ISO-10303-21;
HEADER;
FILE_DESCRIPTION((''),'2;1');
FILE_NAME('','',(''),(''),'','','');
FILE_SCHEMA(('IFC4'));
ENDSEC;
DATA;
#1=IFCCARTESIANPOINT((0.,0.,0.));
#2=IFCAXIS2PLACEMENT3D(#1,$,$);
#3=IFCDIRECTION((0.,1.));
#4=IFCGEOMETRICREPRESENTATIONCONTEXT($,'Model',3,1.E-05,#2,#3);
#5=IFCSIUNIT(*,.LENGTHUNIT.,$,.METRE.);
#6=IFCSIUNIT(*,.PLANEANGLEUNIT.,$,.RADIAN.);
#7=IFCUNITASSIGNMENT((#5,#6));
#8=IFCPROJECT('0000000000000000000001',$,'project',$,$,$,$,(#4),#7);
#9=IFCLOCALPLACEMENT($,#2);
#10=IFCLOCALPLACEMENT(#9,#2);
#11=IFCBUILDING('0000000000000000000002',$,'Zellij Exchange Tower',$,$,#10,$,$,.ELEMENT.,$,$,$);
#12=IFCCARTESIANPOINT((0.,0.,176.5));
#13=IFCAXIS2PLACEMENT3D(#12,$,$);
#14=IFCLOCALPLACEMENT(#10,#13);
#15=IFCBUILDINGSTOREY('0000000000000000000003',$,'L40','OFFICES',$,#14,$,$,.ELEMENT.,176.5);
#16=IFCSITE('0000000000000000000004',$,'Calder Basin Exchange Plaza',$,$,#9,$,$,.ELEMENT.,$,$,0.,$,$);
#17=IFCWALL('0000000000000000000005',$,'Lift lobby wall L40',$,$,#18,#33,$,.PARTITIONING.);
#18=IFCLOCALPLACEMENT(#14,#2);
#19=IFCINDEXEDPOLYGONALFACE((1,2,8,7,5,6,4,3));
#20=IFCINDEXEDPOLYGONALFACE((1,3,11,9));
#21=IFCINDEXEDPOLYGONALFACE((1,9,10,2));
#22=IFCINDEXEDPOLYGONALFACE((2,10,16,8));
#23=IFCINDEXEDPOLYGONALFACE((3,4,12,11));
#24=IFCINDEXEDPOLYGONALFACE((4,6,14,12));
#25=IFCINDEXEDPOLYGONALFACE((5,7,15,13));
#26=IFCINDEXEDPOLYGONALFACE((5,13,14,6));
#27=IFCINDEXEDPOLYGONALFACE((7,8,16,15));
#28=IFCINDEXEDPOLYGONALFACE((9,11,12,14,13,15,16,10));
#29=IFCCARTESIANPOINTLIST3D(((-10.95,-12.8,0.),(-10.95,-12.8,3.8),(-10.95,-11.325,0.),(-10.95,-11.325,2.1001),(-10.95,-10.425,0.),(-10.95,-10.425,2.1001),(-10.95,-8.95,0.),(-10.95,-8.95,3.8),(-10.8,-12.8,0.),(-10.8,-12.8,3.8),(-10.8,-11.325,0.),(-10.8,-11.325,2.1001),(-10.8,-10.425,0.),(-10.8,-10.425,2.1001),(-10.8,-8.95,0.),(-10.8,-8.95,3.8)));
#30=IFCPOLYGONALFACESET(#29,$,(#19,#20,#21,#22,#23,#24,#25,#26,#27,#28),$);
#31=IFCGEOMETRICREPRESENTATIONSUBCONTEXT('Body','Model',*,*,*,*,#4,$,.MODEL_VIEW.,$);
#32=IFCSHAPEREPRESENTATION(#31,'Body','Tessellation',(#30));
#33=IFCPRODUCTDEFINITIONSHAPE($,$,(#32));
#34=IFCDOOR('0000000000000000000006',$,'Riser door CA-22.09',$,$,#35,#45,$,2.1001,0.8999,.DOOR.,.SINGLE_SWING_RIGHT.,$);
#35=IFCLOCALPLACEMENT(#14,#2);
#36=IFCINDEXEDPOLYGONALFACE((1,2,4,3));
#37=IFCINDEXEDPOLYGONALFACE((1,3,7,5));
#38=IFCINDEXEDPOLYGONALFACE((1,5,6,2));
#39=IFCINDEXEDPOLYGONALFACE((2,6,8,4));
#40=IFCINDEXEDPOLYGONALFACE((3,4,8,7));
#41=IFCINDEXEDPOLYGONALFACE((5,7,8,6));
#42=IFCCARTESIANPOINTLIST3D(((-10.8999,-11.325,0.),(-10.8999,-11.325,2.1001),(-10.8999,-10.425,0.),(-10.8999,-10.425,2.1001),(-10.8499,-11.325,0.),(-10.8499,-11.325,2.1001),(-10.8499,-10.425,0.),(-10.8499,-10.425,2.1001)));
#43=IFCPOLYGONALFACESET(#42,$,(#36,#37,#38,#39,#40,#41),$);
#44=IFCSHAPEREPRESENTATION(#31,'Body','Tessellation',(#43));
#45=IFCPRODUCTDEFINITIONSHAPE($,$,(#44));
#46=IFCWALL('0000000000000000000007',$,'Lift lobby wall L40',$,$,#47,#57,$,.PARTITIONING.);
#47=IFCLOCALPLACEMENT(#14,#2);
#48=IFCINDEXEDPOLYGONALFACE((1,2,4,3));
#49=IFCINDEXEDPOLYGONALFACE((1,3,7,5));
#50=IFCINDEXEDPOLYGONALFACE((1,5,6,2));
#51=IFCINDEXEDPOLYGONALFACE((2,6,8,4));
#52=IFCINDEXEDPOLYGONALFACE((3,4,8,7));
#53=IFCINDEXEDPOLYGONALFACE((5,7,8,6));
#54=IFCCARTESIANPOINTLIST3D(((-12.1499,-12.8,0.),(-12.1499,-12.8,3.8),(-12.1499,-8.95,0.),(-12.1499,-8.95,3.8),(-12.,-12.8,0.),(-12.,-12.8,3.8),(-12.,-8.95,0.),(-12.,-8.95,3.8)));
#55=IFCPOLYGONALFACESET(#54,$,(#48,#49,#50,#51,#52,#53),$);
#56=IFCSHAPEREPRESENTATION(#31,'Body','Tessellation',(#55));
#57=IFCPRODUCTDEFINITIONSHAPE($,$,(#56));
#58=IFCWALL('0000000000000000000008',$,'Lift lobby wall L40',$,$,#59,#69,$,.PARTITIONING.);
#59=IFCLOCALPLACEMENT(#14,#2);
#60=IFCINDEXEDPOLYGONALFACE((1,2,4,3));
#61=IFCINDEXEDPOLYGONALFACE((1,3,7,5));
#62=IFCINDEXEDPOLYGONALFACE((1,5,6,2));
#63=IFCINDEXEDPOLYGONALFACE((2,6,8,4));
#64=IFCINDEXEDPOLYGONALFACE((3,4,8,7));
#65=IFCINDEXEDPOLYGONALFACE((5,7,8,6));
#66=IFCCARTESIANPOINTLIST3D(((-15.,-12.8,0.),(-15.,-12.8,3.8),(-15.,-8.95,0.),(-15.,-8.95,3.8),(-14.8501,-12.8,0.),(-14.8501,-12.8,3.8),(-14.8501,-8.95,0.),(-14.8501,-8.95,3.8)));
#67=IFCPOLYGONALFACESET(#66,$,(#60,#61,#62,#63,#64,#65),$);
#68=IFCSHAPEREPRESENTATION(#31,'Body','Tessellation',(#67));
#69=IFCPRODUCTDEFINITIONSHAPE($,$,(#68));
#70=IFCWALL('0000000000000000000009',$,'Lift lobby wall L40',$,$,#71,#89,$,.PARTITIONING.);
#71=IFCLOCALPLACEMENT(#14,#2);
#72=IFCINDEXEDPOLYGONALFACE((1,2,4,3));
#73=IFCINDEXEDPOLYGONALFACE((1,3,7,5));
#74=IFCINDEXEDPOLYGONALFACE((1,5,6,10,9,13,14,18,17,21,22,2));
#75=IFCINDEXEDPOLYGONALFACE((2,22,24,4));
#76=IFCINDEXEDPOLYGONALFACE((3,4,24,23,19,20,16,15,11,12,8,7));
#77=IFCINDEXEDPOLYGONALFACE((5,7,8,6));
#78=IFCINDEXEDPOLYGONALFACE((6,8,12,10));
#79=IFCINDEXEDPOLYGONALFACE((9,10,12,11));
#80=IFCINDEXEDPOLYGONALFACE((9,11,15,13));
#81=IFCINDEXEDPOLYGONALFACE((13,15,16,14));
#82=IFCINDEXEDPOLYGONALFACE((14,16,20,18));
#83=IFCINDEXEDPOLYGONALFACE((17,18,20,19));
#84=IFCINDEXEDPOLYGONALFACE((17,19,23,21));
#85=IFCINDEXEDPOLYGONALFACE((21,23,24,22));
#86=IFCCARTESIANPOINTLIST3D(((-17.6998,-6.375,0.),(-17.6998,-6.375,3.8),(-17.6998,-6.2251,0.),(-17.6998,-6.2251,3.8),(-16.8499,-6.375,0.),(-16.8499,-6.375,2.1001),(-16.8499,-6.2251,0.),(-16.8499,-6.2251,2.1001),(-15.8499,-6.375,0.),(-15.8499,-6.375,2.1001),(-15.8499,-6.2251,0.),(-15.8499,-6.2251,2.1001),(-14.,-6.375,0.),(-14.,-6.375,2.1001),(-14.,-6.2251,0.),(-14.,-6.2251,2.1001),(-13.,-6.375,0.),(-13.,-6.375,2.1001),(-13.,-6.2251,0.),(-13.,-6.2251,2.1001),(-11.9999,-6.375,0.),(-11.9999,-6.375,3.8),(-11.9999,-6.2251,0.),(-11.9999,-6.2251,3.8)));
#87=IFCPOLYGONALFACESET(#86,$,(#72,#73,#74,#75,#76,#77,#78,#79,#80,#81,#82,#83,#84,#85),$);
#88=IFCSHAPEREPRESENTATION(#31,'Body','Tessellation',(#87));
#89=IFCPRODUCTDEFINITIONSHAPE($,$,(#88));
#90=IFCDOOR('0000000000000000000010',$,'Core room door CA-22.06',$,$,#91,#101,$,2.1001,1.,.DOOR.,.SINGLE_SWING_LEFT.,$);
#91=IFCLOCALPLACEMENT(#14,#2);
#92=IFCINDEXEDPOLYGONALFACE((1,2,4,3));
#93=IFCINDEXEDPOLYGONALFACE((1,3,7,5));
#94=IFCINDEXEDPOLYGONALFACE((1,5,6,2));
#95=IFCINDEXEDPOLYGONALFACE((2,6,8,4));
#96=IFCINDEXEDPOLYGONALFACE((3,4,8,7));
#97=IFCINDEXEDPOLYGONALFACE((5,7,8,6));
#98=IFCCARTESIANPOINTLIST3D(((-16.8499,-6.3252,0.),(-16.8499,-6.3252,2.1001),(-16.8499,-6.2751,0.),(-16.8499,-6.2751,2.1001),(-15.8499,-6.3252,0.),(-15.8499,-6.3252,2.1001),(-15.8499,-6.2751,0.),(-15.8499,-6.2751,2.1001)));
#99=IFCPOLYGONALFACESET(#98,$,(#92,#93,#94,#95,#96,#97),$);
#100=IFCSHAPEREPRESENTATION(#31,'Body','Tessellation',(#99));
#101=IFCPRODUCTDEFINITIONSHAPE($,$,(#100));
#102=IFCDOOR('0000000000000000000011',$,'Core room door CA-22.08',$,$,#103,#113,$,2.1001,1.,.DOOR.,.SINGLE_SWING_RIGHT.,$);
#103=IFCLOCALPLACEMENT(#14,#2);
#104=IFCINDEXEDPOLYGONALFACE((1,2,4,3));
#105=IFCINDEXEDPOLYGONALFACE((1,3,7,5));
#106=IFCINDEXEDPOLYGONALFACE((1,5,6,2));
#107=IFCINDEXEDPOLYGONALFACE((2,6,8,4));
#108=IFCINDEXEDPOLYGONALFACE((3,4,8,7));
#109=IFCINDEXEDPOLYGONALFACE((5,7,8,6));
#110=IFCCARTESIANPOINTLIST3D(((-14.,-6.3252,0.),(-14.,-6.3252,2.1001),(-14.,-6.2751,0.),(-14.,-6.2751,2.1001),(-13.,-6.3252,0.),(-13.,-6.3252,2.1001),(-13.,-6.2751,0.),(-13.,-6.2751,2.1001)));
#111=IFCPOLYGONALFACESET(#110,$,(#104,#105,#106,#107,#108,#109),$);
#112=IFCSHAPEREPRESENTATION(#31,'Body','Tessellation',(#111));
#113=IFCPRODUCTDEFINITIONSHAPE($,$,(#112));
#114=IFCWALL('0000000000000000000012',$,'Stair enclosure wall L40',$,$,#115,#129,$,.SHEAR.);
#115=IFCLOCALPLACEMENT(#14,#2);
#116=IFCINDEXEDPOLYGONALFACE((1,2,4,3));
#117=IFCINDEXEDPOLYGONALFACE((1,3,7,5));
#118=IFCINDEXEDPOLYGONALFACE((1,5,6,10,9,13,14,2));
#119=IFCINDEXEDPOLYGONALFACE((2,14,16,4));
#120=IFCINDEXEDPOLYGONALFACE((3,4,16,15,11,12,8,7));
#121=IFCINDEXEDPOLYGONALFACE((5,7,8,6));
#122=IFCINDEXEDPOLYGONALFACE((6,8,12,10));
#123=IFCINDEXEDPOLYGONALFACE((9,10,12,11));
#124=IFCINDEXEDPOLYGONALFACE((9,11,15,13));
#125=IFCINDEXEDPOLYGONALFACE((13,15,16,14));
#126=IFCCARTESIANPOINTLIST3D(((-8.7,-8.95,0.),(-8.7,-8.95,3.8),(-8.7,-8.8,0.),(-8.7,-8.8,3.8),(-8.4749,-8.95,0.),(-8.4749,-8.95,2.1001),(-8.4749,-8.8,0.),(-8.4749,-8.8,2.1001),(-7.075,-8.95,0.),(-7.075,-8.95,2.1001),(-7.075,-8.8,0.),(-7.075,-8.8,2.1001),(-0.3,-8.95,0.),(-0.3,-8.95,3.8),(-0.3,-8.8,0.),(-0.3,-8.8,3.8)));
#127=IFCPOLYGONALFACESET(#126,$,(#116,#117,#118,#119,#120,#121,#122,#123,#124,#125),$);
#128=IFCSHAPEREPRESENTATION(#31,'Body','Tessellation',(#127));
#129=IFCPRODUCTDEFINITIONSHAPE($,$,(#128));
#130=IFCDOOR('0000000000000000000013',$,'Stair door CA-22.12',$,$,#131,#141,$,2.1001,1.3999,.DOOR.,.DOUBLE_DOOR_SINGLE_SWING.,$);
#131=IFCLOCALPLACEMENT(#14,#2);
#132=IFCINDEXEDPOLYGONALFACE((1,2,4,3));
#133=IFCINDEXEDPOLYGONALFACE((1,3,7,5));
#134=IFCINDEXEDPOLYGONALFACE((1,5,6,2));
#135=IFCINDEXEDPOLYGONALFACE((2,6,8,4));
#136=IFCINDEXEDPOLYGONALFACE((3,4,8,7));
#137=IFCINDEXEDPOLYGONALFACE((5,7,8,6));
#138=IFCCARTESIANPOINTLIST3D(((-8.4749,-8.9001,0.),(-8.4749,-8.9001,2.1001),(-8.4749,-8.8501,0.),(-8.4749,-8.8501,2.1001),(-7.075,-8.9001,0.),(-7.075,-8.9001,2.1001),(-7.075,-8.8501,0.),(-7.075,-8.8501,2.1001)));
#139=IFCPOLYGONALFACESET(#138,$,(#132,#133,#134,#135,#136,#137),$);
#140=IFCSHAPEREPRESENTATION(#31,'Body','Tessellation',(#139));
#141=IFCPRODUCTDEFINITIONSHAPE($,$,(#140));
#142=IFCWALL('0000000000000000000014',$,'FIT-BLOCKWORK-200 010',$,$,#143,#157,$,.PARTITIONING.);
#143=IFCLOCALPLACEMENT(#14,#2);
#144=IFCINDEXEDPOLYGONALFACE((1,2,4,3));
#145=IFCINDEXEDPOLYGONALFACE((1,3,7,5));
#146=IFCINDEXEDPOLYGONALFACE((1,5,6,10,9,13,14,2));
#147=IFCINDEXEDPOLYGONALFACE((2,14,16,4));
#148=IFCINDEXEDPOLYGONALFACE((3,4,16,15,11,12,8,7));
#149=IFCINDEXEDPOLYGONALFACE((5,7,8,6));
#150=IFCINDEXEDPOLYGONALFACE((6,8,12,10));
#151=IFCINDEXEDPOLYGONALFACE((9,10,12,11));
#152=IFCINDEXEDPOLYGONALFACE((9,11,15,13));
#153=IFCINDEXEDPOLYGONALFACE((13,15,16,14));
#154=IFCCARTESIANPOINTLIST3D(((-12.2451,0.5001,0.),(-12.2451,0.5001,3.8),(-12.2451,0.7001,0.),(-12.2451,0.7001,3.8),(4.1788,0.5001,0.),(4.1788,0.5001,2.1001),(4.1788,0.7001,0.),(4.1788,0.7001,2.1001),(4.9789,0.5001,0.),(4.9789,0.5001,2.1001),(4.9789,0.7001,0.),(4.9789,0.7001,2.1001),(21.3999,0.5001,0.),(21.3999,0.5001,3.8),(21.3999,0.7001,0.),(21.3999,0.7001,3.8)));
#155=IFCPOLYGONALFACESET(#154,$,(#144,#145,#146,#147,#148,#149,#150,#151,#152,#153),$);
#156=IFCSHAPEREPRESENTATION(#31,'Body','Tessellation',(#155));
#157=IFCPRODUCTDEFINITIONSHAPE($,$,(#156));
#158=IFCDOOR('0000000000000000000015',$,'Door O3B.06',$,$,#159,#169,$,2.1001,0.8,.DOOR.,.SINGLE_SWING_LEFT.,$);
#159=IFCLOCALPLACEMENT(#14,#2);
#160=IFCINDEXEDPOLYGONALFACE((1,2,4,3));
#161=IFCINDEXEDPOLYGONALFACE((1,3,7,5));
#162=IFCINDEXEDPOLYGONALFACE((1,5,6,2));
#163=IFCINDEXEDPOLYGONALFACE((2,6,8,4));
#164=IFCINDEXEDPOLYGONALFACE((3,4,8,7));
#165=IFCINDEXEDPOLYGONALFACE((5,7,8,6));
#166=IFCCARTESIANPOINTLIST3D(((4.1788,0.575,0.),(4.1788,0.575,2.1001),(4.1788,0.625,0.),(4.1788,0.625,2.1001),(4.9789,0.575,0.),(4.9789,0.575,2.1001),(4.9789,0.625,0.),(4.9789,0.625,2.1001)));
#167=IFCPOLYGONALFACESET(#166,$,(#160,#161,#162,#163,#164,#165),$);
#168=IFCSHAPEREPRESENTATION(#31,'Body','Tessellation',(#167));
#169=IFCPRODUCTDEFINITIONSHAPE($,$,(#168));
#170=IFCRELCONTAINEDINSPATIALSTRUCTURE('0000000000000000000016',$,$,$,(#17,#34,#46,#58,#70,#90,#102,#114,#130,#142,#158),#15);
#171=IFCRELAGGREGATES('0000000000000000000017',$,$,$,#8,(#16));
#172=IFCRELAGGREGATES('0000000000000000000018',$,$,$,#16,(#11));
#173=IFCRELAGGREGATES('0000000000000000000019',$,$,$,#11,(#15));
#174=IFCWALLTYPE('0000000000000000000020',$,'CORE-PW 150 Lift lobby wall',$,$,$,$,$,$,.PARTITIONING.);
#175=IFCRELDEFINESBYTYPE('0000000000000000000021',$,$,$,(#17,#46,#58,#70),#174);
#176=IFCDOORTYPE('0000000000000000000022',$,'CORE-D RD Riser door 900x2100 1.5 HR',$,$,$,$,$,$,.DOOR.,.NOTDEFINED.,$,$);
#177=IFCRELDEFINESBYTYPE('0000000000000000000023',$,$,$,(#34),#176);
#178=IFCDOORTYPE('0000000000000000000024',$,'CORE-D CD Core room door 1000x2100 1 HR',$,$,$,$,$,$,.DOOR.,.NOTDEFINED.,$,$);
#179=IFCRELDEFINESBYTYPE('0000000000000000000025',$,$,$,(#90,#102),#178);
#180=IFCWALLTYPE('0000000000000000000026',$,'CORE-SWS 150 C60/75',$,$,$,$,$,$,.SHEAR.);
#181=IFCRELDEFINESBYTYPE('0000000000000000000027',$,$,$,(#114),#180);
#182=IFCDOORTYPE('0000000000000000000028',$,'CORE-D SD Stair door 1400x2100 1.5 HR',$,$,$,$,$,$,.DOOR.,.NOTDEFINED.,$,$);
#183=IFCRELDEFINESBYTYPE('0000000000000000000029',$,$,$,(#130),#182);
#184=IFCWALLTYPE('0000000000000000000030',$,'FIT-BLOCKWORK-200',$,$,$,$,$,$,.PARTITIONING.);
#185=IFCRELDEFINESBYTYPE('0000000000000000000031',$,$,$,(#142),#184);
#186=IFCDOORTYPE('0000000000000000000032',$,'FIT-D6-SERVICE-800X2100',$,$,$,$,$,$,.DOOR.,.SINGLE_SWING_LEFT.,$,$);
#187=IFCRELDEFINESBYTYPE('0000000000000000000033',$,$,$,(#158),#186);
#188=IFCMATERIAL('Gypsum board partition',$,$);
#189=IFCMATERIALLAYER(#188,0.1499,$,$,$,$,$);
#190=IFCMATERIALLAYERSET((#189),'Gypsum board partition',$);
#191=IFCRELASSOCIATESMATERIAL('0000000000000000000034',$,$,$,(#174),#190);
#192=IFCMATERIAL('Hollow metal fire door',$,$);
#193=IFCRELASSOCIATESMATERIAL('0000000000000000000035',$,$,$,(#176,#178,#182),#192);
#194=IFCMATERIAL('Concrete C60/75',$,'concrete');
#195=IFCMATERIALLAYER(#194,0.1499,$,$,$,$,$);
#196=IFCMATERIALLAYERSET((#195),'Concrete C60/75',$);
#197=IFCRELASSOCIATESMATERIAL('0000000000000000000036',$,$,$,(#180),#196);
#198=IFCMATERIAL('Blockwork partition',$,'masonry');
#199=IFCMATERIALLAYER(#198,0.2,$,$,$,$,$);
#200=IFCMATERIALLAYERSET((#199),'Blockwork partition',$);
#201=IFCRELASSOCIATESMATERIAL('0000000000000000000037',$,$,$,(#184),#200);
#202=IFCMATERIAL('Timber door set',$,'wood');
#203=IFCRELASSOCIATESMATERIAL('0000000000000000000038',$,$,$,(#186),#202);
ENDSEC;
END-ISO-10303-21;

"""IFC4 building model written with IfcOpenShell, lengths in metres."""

from ifc_helpers import new_model, si_unit, direction, frame, frame_2d, origin, place, context, subcontext, project, spatial, rectangle, extrude, material, layer, layer_set, type_object, element, fill, save


model = new_model("IFC4")

# Units and contexts
model_context = context("Model", 3, precision=1e-05, world=origin(), true_north=direction((0.0, 1.0)))
body_context = subcontext(model_context, "Body", "Model", "MODEL_VIEW")
ifc_project = project(units=[si_unit("LENGTHUNIT", "METRE"), si_unit("PLANEANGLEUNIT", "RADIAN")], contexts=[model_context])

# Site, building, storey
site_placement = place(None, origin())
site = spatial("IfcSite", under=ifc_project, at=site_placement, Name="Calder Basin Exchange Plaza", CompositionType="ELEMENT", RefElevation=0.0)
building_placement = place(site_placement, origin())
building = spatial("IfcBuilding", under=site, at=building_placement, Name="Zellij Exchange Tower", CompositionType="ELEMENT")
storey_placement = place(building_placement, frame((0.0, 0.0, 176.5)))
storey = spatial("IfcBuildingStorey", under=building, at=storey_placement, Name="L40", Description="OFFICES", CompositionType="ELEMENT", Elevation=176.5)

# Shared definitions
ifc_material_1 = material(Name="Concrete C60/75", Category="concrete")

# Shared definitions
ifc_material_2 = material(Name="Hollow metal fire door")

# Shared definitions
ifc_material_3 = material(Name="Gypsum board partition")
ifc_layer_1 = layer(ifc_material_3, 0.1499)
ifc_layer_set_1 = layer_set([ifc_layer_1], Name="Gypsum board partition")
wall_type_1 = type_object("IfcWallType", Name="CORE-PW 150 Lift lobby wall", PredefinedType="PARTITIONING", material=ifc_layer_set_1)

# Wall, opening, door
wall_1_placement = place(storey_placement, frame((-10.875, -12.8, 0.0), z_axis=(0.0, 0.0, 1.0), x_axis=(0.0, 1.0, 0.0)))
wall_1 = element("IfcWall", 1, at=wall_1_placement, inside=storey, type_object=wall_type_1, Name="Lift lobby wall L40", PredefinedType="PARTITIONING", context=body_context, shape_type="SweptSolid", body=[
    extrude(rectangle(XDim=3.8501, YDim=0.1499, at=frame_2d((1.925, 0.0))), origin(), (0.0, 0.0, 1.0), 3.8),
])
opening_1_placement = place(wall_1_placement, frame((1.4751, 0.0, 0.0)))
opening_1 = element("IfcOpeningElement", 2, at=opening_1_placement, cuts=wall_1, PredefinedType="OPENING", context=body_context, shape_type="SweptSolid", body=[
    extrude(rectangle(XDim=0.8999, YDim=2.1001, at=frame_2d((0.45, 1.05))), frame((0.0, 0.0869, 0.0), z_axis=(0.0, -1.0, 0.0), x_axis=(1.0, 0.0, 0.0)), (0.0, 0.0, 1.0), 0.1738),
])
door_type_1 = type_object("IfcDoorType", Name="CORE-D RD Riser door 900x2100 1.5 HR", OperationType="NOTDEFINED", PredefinedType="DOOR", material=ifc_material_2)
door_1_placement = place(opening_1_placement, origin())
door_1 = element("IfcDoor", 3, at=door_1_placement, inside=storey, type_object=door_type_1, Name="Riser door CA-22.09", OperationType="SINGLE_SWING_RIGHT", OverallHeight=2.1001, OverallWidth=0.8999, PredefinedType="DOOR", context=body_context, shape_type="SweptSolid", body=[
    extrude(rectangle(XDim=0.8999, YDim=2.1001, at=frame_2d((0.45, 1.05))), frame((0.0, 0.0249, 0.0), z_axis=(0.0, -1.0, 0.0), x_axis=(1.0, 0.0, 0.0)), (0.0, 0.0, 1.0), 0.05),
])
fill(opening_1, door_1)

# Walls
for number, where, z_axis, x_axis, name in (
    (4, (-12.075, -12.8, 0.0), (0.0, 0.0, 1.0), (0.0, 1.0, 0.0), "Lift lobby wall L40"),
    (5, (-14.925, -12.8, 0.0), (0.0, 0.0, 1.0), (0.0, 1.0, 0.0), "Lift lobby wall L40"),
):
    element("IfcWall", number, at=place(storey_placement, frame(where, z_axis=z_axis, x_axis=x_axis)), inside=storey, type_object=wall_type_1, Name=name, PredefinedType="PARTITIONING", context=body_context, shape_type="SweptSolid", body=[
        extrude(rectangle(XDim=3.8501, YDim=0.1499, at=frame_2d((1.925, 0.0))), origin(), (0.0, 0.0, 1.0), 3.8),
    ])

# Wall, openings, doors
wall_2_placement = place(storey_placement, frame((-17.7, -6.3, 0.0), z_axis=(0.0, 0.0, 1.0), x_axis=(1.0, 0.0, 0.0)))
wall_2 = element("IfcWall", 6, at=wall_2_placement, inside=storey, type_object=wall_type_1, Name="Lift lobby wall L40", PredefinedType="PARTITIONING", context=body_context, shape_type="SweptSolid", body=[
    extrude(rectangle(XDim=5.7, YDim=0.1499, at=frame_2d((2.8501, 0.0))), origin(), (0.0, 0.0, 1.0), 3.8),
])
opening_2_placement = place(wall_2_placement, frame((0.8501, 0.0, 0.0)))
opening_2 = element("IfcOpeningElement", 7, at=opening_2_placement, cuts=wall_2, PredefinedType="OPENING", context=body_context, shape_type="SweptSolid", body=[
    extrude(rectangle(XDim=1.0, YDim=2.1001, at=frame_2d((0.5, 1.05))), frame((0.0, 0.0869, 0.0), z_axis=(0.0, -1.0, 0.0), x_axis=(1.0, 0.0, 0.0)), (0.0, 0.0, 1.0), 0.1738),
])
opening_3_placement = place(wall_2_placement, frame((3.7, 0.0, 0.0)))
opening_3 = element("IfcOpeningElement", 8, at=opening_3_placement, cuts=wall_2, PredefinedType="OPENING", context=body_context, shape_type="SweptSolid", body=[
    extrude(rectangle(XDim=1.0, YDim=2.1001, at=frame_2d((0.5, 1.05))), frame((0.0, 0.0869, 0.0), z_axis=(0.0, -1.0, 0.0), x_axis=(1.0, 0.0, 0.0)), (0.0, 0.0, 1.0), 0.1738),
])
door_type_2 = type_object("IfcDoorType", Name="CORE-D CD Core room door 1000x2100 1 HR", OperationType="NOTDEFINED", PredefinedType="DOOR", material=ifc_material_2)
door_2_placement = place(opening_2_placement, origin())
door_2 = element("IfcDoor", 9, at=door_2_placement, inside=storey, type_object=door_type_2, Name="Core room door CA-22.06", OperationType="SINGLE_SWING_LEFT", OverallHeight=2.1001, OverallWidth=1.0, PredefinedType="DOOR", context=body_context, shape_type="SweptSolid", body=[
    extrude(rectangle(XDim=1.0, YDim=2.1001, at=frame_2d((0.5, 1.05))), frame((0.0, 0.0249, 0.0), z_axis=(0.0, -1.0, 0.0), x_axis=(1.0, 0.0, 0.0)), (0.0, 0.0, 1.0), 0.05),
])
fill(opening_2, door_2)
door_3_placement = place(opening_3_placement, origin())
door_3 = element("IfcDoor", 10, at=door_3_placement, inside=storey, type_object=door_type_2, Name="Core room door CA-22.08", OperationType="SINGLE_SWING_RIGHT", OverallHeight=2.1001, OverallWidth=1.0, PredefinedType="DOOR", context=body_context, shape_type="SweptSolid", body=[
    extrude(rectangle(XDim=1.0, YDim=2.1001, at=frame_2d((0.5, 1.05))), frame((0.0, 0.0249, 0.0), z_axis=(0.0, -1.0, 0.0), x_axis=(1.0, 0.0, 0.0)), (0.0, 0.0, 1.0), 0.05),
])
fill(opening_3, door_3)

# Walls, openings, doors
ifc_layer_2 = layer(ifc_material_1, 0.1499)
ifc_layer_set_2 = layer_set([ifc_layer_2], Name="Concrete C60/75")
wall_type_2 = type_object("IfcWallType", Name="CORE-SWS 150 C60/75", PredefinedType="SHEAR", material=ifc_layer_set_2)
wall_3_placement = place(storey_placement, frame((-8.7, -8.875, 0.0), z_axis=(0.0, 0.0, 1.0), x_axis=(1.0, 0.0, 0.0)))
wall_3 = element("IfcWall", 11, at=wall_3_placement, inside=storey, type_object=wall_type_2, Name="Stair enclosure wall L40", PredefinedType="SHEAR", context=body_context, shape_type="SweptSolid", body=[
    extrude(rectangle(XDim=8.3999, YDim=0.1499, at=frame_2d((4.2, 0.0))), origin(), (0.0, 0.0, 1.0), 3.8),
])
opening_4_placement = place(wall_3_placement, frame((0.2251, 0.0, 0.0)))
opening_4 = element("IfcOpeningElement", 12, at=opening_4_placement, cuts=wall_3, PredefinedType="OPENING", context=body_context, shape_type="SweptSolid", body=[
    extrude(rectangle(XDim=1.3999, YDim=2.1001, at=frame_2d((0.7, 1.05))), frame((0.0, 0.0869, 0.0), z_axis=(0.0, -1.0, 0.0), x_axis=(1.0, 0.0, 0.0)), (0.0, 0.0, 1.0), 0.1738),
])
door_type_3 = type_object("IfcDoorType", Name="CORE-D SD Stair door 1400x2100 1.5 HR", OperationType="NOTDEFINED", PredefinedType="DOOR", material=ifc_material_2)
door_4_placement = place(opening_4_placement, origin())
door_4 = element("IfcDoor", 13, at=door_4_placement, inside=storey, type_object=door_type_3, Name="Stair door CA-22.12", OperationType="DOUBLE_DOOR_SINGLE_SWING", OverallHeight=2.1001, OverallWidth=1.3999, PredefinedType="DOOR", context=body_context, shape_type="SweptSolid", body=[
    extrude(rectangle(XDim=1.3999, YDim=2.1001, at=frame_2d((0.7, 1.05))), frame((0.0, 0.0249, 0.0), z_axis=(0.0, -1.0, 0.0), x_axis=(1.0, 0.0, 0.0)), (0.0, 0.0, 1.0), 0.05),
])
fill(opening_4, door_4)
ifc_material_4 = material(Name="Blockwork partition", Category="masonry")
ifc_layer_3 = layer(ifc_material_4, 0.2)
ifc_layer_set_3 = layer_set([ifc_layer_3], Name="Blockwork partition")
wall_type_3 = type_object("IfcWallType", Name="FIT-BLOCKWORK-200", PredefinedType="PARTITIONING", material=ifc_layer_set_3)
wall_4_placement = place(storey_placement, frame((-12.2451, 0.6001, 0.0), z_axis=(0.0, 0.0, 1.0), x_axis=(1.0, 0.0, 0.0)))
wall_4 = element("IfcWall", 14, at=wall_4_placement, inside=storey, type_object=wall_type_3, Name="FIT-BLOCKWORK-200 010", PredefinedType="PARTITIONING", context=body_context, shape_type="SweptSolid", body=[
    extrude(rectangle(XDim=33.645, YDim=0.2, at=frame_2d((16.8225, 0.0))), origin(), (0.0, 0.0, 1.0), 3.8),
])
opening_5_placement = place(wall_4_placement, frame((16.4241, 0.0, 0.0)))
opening_5 = element("IfcOpeningElement", 15, at=opening_5_placement, cuts=wall_4, PredefinedType="OPENING", context=body_context, shape_type="SweptSolid", body=[
    extrude(rectangle(XDim=0.8, YDim=2.1001, at=frame_2d((0.3999, 1.05))), frame((0.0, 0.1118, 0.0), z_axis=(0.0, -1.0, 0.0), x_axis=(1.0, 0.0, 0.0)), (0.0, 0.0, 1.0), 0.2239),
])
ifc_material_5 = material(Name="Timber door set", Category="wood")
door_type_4 = type_object("IfcDoorType", Name="FIT-D6-SERVICE-800X2100", OperationType="SINGLE_SWING_LEFT", PredefinedType="DOOR", material=ifc_material_5)
door_5_placement = place(opening_5_placement, origin())
door_5 = element("IfcDoor", 16, at=door_5_placement, inside=storey, type_object=door_type_4, Name="Door O3B.06", OperationType="SINGLE_SWING_LEFT", OverallHeight=2.1001, OverallWidth=0.8, PredefinedType="DOOR", context=body_context, shape_type="SweptSolid", body=[
    extrude(rectangle(XDim=0.8, YDim=2.1001, at=frame_2d((0.3999, 1.05))), frame((0.0, 0.0249, 0.0), z_axis=(0.0, -1.0, 0.0), x_axis=(1.0, 0.0, 0.0)), (0.0, 0.0, 1.0), 0.05),
])
fill(opening_5, door_5)

save(model, "model.ifc")
